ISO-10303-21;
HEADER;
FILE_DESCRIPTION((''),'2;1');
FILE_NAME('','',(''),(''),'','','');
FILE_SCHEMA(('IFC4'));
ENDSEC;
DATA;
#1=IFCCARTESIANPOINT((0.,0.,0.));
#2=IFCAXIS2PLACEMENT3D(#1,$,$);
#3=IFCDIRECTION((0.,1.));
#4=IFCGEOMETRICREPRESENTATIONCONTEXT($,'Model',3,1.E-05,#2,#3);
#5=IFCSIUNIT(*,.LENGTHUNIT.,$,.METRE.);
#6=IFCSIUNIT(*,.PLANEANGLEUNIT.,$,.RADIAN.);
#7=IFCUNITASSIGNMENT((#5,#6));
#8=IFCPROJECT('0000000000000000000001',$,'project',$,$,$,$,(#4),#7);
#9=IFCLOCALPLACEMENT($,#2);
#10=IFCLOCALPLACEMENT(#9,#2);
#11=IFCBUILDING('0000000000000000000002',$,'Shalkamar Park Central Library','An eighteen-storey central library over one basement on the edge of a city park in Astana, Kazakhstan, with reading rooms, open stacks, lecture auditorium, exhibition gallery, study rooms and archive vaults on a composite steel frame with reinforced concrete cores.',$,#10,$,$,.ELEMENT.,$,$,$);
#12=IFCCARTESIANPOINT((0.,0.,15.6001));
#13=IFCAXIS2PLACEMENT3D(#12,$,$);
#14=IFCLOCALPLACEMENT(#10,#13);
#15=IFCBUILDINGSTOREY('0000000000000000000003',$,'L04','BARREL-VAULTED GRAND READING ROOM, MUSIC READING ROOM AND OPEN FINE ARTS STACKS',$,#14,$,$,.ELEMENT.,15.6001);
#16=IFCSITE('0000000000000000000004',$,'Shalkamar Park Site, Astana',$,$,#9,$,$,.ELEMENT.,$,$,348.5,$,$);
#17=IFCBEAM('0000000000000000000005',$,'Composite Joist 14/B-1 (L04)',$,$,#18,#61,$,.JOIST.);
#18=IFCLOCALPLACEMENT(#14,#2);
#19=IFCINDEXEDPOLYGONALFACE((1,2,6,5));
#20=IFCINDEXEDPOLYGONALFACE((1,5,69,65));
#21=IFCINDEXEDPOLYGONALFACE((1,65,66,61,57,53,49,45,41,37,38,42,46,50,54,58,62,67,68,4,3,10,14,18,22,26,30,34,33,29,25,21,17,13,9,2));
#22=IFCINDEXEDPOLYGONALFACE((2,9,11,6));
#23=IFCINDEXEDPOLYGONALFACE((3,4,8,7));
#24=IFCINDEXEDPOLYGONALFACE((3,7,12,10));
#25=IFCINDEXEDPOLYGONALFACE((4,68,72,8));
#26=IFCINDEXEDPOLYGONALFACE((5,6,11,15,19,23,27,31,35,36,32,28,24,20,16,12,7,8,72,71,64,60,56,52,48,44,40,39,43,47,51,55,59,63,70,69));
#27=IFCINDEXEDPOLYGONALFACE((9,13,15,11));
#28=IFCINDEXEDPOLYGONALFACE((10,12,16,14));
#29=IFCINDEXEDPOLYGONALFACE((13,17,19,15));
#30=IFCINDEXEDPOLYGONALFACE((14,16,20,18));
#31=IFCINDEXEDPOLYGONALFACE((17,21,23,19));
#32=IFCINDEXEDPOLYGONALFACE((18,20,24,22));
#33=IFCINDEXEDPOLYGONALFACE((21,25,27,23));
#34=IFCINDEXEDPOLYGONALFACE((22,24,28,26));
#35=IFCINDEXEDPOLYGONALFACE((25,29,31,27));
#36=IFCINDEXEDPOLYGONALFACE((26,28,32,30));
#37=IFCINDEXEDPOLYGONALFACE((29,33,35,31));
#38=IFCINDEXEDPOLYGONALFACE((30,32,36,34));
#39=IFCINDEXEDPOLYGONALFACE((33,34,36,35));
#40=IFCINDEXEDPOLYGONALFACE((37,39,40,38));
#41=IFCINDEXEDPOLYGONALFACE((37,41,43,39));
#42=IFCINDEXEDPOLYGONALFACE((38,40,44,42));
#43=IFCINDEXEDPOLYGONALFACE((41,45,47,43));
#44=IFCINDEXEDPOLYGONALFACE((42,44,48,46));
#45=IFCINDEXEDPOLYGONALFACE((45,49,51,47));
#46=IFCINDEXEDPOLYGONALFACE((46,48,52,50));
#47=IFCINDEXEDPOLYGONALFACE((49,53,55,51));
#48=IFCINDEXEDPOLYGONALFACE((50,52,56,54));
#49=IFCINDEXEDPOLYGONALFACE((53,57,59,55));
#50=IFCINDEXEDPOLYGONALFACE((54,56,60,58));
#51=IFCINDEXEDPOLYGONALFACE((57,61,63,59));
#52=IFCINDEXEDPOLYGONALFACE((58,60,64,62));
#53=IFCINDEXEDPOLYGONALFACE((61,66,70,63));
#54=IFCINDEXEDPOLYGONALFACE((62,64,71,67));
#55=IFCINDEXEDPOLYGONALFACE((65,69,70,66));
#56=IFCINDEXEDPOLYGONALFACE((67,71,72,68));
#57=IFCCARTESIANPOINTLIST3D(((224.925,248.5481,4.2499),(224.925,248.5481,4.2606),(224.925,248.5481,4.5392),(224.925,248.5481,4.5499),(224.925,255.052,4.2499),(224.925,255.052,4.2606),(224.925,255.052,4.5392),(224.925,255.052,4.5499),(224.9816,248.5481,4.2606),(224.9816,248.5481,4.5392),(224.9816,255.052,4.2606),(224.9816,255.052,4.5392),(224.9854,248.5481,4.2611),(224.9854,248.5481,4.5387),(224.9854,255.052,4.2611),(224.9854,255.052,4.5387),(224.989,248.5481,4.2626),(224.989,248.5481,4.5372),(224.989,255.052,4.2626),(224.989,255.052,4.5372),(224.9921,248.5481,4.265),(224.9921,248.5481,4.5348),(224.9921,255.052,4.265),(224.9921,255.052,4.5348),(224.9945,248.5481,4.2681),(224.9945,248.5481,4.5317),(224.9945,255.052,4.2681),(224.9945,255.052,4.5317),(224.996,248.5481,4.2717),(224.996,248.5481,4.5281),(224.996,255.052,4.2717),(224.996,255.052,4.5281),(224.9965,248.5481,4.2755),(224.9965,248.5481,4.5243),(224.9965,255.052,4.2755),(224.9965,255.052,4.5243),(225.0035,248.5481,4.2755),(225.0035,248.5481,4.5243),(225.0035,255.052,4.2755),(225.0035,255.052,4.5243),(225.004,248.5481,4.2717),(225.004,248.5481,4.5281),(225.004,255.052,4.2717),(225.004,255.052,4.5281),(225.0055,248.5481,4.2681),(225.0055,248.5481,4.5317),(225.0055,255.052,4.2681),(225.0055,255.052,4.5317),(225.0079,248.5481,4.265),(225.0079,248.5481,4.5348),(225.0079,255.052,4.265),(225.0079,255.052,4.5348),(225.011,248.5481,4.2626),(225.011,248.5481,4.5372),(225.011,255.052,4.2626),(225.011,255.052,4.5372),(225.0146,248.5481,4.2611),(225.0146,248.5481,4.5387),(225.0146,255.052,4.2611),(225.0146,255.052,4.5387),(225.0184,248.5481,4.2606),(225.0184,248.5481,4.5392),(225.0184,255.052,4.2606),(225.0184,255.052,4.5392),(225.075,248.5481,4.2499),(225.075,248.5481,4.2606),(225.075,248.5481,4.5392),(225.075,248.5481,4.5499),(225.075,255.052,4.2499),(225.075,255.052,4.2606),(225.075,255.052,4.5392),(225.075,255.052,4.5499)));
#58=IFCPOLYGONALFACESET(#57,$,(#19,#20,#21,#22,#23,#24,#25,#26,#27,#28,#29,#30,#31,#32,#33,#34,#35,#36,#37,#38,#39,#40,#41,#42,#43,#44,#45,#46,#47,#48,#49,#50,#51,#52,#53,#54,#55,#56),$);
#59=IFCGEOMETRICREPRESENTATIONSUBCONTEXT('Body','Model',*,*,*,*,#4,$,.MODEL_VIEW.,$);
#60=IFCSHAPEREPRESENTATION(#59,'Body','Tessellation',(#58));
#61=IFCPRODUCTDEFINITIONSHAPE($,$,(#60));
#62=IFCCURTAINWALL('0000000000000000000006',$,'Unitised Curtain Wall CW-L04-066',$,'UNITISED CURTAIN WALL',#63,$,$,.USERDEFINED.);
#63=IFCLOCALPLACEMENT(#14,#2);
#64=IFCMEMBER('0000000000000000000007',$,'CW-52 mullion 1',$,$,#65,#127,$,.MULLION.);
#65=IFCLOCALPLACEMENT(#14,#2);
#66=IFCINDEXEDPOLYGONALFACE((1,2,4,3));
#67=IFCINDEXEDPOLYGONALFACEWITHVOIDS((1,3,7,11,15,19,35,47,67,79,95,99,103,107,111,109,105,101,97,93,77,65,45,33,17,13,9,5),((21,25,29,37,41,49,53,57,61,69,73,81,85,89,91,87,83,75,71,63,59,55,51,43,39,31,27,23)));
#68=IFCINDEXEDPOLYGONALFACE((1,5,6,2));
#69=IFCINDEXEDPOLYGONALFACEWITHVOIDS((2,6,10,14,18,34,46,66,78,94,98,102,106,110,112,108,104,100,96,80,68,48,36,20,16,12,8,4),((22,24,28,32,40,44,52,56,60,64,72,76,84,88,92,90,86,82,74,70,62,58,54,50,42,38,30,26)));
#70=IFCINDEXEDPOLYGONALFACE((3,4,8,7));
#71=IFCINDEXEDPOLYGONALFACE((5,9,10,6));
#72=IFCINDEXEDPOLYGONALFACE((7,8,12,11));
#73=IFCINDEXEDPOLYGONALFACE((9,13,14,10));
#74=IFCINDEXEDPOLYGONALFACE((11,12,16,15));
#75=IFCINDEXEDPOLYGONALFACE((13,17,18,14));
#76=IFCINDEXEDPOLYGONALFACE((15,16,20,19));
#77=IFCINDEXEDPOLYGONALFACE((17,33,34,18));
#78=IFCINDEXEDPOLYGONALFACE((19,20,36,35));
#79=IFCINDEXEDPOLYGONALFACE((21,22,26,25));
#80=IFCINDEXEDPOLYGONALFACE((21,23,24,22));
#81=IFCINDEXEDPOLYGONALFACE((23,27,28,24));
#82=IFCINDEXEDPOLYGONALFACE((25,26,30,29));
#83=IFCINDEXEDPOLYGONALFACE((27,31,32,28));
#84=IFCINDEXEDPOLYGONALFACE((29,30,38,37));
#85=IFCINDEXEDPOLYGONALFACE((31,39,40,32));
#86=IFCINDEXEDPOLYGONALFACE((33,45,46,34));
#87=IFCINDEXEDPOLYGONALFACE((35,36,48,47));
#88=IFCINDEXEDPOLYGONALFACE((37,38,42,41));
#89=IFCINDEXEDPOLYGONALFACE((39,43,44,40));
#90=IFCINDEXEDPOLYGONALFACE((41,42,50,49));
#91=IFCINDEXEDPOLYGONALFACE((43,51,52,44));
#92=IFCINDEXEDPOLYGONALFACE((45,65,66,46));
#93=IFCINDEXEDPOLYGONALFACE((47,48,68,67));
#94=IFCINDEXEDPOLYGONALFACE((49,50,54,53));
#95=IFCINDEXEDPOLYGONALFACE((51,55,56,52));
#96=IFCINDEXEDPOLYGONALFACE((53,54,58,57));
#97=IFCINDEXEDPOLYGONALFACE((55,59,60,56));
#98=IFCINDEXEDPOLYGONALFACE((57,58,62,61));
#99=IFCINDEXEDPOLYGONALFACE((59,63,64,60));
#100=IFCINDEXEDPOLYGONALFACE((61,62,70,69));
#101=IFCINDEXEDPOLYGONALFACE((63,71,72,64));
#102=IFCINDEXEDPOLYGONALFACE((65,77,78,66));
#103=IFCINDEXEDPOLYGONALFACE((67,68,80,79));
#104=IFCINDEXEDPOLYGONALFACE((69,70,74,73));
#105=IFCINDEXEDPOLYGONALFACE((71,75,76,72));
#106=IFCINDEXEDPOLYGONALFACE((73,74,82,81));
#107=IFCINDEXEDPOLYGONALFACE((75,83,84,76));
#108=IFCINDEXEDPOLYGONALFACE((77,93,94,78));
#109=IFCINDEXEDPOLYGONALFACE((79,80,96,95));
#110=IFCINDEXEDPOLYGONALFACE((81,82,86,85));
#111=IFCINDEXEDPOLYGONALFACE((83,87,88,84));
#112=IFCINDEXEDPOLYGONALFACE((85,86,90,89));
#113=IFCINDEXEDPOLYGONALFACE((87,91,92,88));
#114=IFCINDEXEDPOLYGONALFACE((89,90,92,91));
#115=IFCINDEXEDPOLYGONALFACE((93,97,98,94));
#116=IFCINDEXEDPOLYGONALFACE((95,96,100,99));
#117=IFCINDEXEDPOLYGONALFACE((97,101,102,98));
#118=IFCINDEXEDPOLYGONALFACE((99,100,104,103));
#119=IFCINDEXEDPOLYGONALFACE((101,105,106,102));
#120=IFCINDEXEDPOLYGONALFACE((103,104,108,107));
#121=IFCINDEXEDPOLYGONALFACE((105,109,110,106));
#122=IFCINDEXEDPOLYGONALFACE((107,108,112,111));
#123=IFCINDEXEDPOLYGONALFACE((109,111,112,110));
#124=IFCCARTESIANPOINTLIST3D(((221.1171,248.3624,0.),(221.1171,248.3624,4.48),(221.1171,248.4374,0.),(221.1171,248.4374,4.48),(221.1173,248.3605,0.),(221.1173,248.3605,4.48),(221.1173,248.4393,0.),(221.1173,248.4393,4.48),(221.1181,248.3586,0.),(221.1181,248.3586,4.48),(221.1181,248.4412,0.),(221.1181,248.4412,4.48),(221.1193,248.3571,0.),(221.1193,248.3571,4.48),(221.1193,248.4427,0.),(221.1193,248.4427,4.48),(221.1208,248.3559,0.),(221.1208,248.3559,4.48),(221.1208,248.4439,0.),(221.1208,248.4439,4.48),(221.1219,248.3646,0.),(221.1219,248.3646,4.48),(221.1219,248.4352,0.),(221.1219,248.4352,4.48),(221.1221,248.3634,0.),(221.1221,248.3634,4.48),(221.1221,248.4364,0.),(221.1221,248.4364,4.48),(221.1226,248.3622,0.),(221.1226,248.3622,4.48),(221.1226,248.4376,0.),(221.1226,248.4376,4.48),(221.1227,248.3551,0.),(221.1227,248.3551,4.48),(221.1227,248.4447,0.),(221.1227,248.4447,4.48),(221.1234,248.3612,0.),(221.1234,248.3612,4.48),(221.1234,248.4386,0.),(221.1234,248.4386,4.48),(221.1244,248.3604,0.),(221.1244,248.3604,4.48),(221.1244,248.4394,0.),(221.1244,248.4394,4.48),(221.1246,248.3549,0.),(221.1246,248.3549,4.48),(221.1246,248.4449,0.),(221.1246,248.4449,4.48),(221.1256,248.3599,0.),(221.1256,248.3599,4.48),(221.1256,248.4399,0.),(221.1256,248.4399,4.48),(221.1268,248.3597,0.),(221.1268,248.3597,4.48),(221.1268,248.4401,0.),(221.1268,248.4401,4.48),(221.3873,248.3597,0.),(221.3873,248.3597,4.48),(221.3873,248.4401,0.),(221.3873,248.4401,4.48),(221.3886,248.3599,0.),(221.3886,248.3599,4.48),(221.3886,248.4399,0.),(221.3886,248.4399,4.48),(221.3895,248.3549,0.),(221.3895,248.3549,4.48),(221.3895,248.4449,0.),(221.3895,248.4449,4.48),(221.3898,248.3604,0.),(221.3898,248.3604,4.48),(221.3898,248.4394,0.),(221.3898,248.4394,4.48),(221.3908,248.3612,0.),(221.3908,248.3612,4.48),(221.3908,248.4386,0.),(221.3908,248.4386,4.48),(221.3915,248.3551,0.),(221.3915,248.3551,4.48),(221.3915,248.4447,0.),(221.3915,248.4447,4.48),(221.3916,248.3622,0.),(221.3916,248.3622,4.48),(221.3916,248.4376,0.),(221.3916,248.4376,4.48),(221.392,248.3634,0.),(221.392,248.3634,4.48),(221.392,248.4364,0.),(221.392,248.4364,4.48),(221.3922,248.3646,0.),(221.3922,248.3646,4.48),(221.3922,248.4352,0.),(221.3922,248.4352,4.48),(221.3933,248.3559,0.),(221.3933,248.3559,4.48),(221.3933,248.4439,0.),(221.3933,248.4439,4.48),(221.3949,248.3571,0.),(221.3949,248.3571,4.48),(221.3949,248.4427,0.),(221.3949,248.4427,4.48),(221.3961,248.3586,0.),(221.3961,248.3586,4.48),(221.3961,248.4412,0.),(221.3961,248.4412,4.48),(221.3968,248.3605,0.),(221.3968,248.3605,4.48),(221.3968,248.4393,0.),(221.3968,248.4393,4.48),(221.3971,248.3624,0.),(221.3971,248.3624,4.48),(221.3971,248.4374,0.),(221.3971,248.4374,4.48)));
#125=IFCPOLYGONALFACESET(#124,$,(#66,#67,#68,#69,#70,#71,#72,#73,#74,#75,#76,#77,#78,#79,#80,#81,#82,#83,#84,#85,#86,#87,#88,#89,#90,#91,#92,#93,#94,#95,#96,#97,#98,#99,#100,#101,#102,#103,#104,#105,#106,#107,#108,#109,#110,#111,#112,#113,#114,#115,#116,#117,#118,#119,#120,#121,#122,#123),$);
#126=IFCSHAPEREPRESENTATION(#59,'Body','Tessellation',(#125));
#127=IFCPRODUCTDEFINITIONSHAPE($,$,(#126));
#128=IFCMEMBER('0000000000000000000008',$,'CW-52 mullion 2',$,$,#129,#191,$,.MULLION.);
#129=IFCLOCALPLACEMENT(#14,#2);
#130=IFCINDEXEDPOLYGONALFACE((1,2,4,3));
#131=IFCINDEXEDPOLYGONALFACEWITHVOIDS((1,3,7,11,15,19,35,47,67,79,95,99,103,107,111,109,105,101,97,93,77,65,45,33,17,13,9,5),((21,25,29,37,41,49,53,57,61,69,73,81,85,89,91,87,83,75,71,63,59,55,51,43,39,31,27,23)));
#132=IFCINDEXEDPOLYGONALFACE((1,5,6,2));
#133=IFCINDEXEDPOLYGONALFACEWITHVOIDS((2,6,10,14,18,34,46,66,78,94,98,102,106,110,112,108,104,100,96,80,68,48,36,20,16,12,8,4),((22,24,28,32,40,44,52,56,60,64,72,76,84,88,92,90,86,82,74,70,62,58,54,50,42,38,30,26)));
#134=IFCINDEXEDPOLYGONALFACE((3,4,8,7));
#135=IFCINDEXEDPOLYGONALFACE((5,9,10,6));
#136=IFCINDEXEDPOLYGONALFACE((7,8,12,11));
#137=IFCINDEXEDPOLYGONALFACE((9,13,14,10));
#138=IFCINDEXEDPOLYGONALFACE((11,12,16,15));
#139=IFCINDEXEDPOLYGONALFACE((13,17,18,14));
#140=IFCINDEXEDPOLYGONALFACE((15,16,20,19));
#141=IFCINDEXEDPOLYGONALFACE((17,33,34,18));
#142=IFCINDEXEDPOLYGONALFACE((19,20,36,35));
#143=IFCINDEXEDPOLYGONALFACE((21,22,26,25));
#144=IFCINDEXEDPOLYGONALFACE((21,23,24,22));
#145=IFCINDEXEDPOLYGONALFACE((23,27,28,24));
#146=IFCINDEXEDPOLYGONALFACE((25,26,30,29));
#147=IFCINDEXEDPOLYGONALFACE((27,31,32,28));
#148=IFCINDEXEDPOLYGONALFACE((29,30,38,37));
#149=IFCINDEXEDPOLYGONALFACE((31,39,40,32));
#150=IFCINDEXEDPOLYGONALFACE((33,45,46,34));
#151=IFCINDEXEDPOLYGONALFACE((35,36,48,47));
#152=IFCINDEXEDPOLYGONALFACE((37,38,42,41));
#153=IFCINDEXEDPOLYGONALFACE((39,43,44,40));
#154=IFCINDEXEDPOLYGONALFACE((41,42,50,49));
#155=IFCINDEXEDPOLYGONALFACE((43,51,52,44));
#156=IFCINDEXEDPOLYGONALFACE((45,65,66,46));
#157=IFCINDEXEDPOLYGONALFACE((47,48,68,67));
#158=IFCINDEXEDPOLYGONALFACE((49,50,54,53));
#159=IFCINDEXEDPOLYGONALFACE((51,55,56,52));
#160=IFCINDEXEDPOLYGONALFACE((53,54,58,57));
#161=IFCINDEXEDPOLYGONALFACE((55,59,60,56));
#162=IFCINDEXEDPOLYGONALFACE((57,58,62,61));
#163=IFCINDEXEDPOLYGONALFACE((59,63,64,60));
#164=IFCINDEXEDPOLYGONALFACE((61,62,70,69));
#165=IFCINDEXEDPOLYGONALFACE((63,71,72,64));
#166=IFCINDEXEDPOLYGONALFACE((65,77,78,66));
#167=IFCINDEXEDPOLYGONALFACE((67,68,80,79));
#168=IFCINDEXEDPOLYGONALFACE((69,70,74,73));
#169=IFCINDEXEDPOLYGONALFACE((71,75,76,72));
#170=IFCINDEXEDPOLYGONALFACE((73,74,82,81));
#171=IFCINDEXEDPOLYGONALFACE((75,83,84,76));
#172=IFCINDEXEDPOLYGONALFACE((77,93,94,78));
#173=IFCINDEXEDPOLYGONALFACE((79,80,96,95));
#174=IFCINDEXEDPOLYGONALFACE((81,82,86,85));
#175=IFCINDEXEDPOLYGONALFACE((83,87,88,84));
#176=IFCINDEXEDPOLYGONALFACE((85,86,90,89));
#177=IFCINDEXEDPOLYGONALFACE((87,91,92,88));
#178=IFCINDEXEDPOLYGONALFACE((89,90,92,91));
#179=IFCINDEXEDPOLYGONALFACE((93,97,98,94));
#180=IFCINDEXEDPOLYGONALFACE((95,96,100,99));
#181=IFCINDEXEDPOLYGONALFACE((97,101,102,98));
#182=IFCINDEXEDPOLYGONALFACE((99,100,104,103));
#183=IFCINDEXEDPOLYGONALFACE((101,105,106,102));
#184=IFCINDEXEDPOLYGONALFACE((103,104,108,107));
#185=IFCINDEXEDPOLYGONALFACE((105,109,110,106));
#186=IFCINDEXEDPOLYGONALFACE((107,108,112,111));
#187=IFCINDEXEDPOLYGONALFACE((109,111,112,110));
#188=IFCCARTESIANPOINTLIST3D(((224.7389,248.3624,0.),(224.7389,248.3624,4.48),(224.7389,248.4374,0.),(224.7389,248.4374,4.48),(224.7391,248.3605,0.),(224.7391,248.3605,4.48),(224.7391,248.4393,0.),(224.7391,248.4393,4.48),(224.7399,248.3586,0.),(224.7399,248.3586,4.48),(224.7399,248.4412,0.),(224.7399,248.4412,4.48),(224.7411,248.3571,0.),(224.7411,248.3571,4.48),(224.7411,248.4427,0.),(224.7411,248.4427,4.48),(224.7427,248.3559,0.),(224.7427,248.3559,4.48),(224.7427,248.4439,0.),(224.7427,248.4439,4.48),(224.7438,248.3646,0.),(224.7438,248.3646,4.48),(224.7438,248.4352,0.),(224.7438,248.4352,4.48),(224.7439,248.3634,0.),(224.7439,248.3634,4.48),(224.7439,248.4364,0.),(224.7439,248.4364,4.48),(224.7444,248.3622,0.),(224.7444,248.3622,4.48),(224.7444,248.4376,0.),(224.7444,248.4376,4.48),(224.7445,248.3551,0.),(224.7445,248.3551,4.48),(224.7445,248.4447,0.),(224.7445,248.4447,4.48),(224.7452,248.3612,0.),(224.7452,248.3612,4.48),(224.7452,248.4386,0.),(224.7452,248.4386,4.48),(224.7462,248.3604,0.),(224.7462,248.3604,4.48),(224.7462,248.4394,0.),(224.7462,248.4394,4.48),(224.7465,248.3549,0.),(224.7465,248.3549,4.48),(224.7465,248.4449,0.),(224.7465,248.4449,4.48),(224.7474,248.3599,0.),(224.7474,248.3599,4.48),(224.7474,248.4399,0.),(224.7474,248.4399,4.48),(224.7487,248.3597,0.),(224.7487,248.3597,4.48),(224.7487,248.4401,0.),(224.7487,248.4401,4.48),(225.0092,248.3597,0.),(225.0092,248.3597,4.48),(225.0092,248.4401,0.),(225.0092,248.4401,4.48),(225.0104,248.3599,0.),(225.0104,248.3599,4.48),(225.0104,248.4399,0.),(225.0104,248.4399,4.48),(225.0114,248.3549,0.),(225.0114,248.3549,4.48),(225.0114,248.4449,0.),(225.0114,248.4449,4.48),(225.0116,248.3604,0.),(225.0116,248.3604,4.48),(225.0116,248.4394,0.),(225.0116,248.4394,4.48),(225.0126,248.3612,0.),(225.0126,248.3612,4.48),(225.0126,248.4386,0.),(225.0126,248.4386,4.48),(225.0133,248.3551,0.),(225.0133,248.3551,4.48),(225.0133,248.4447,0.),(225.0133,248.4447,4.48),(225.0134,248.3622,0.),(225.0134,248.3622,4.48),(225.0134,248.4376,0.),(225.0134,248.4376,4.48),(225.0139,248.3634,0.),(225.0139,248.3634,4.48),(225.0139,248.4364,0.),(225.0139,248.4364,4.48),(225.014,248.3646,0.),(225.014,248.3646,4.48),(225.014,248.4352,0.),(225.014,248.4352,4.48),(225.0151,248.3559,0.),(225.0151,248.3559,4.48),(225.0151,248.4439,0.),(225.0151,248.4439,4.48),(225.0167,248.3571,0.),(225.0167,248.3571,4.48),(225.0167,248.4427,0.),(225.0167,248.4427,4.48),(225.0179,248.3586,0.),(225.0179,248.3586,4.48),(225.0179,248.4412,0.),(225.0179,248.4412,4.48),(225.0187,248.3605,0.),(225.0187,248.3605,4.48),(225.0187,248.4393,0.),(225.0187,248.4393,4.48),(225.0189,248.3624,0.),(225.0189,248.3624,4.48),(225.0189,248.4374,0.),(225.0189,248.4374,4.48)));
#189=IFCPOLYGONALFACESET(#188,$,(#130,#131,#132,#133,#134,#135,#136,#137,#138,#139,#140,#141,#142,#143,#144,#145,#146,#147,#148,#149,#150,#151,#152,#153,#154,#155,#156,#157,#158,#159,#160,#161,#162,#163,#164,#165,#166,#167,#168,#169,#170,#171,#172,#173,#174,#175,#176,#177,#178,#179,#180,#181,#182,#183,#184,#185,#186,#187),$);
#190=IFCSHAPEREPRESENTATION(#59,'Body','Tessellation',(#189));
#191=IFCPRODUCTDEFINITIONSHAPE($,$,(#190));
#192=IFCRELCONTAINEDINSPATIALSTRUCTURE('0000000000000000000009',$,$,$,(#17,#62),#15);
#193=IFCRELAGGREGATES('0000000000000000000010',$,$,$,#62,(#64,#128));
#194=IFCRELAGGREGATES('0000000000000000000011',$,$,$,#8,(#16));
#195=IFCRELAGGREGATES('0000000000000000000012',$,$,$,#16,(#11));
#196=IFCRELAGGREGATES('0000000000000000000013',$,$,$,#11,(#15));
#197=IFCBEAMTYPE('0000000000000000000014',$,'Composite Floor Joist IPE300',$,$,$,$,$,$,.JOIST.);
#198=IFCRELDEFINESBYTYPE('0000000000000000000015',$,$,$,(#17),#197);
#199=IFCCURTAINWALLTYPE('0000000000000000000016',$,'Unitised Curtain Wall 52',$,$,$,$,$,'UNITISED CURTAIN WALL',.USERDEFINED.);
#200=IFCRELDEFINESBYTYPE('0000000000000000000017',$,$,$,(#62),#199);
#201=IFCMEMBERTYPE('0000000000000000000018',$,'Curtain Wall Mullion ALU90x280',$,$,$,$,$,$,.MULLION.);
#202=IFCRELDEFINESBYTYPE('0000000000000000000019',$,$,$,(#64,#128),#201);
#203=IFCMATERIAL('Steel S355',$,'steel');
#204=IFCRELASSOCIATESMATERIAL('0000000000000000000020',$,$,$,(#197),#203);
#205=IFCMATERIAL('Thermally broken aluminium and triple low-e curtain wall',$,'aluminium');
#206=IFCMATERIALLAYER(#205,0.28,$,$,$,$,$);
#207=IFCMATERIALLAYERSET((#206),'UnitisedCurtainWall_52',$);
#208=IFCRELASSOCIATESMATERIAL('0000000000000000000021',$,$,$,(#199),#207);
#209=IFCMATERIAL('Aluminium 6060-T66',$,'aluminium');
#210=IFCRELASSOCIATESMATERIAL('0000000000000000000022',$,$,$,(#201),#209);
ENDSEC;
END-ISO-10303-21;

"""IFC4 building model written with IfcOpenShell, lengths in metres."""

from ifc_helpers import new_model, si_unit, direction, frame, origin, origin_2d, place, context, subcontext, project, spatial, hollow_rectangle, i_section, extrude, material, layer, layer_set, material_profile, profile_set, type_object, element, aggregate, save


model = new_model("IFC4")

# Units and contexts
model_context = context("Model", 3, precision=1e-05, world=origin(), true_north=direction((0.0, 1.0)))
body_context = subcontext(model_context, "Body", "Model", "MODEL_VIEW")
ifc_project = project(units=[si_unit("LENGTHUNIT", "METRE"), si_unit("PLANEANGLEUNIT", "RADIAN")], contexts=[model_context])

# Site, building, storey
site_placement = place(None, origin())
site = spatial("IfcSite", under=ifc_project, at=site_placement, Name="Shalkamar Park Site, Astana", CompositionType="ELEMENT", RefElevation=348.5)
building_placement = place(site_placement, origin())
building = spatial("IfcBuilding", under=site, at=building_placement, Name="Shalkamar Park Central Library", Description="An eighteen-storey central library over one basement on the edge of a city park in Astana, Kazakhstan, with reading rooms, open stacks, lecture auditorium, exhibition gallery, study rooms and archive vaults on a composite steel frame with reinforced concrete cores.", CompositionType="ELEMENT")
storey_placement = place(building_placement, frame((0.0, 0.0, 15.6001)))
storey = spatial("IfcBuildingStorey", under=building, at=storey_placement, Name="L04", Description="BARREL-VAULTED GRAND READING ROOM, MUSIC READING ROOM AND OPEN FINE ARTS STACKS", CompositionType="ELEMENT", Elevation=15.6001)

# Shared definitions
ifc_material_1 = material(Name="Steel S355", Category="steel")

# Beam
ifc_material_profile_1 = material_profile(ifc_material_1, i_section(OverallWidth=0.1499, OverallDepth=0.3, WebThickness=0.0071, FlangeThickness=0.0107, FilletRadius=0.0149, at=origin_2d()), Name="IPE 300")
ifc_profile_set_1 = profile_set([ifc_material_profile_1], Name="Steel S355")
beam_type_1 = type_object("IfcBeamType", Name="Composite Floor Joist IPE300", PredefinedType="JOIST", material=ifc_profile_set_1)
for number, where, z_axis, x_axis, name in (
    (1, (225.0, 248.5481, 4.3999), (0.0, 1.0, 0.0), (-1.0, 0.0, 0.0), "Composite Joist 14/B-1 (L04)"),
):
    element("IfcBeam", number, at=place(storey_placement, frame(where, z_axis=z_axis, x_axis=x_axis)), inside=storey, type_object=beam_type_1, Name=name, PredefinedType="JOIST", context=body_context, shape_type="SweptSolid", body=[
        extrude(i_section(OverallWidth=0.1499, OverallDepth=0.3, WebThickness=0.0071, FlangeThickness=0.0107, FilletRadius=0.0149, at=origin_2d()), origin(), (0.0, 0.0, 1.0), 6.5039),
    ])

# Curtain wall, members
ifc_material_2 = material(Name="Thermally broken aluminium and triple low-e curtain wall", Category="aluminium")
ifc_layer_1 = layer(ifc_material_2, 0.28)
ifc_layer_set_1 = layer_set([ifc_layer_1], Name="UnitisedCurtainWall_52")
curtain_wall_type = type_object("IfcCurtainWallType", Name="Unitised Curtain Wall 52", ElementType="UNITISED CURTAIN WALL", PredefinedType="USERDEFINED", material=ifc_layer_set_1)
curtain_wall_placement = place(storey_placement, origin())
curtain_wall = element("IfcCurtainWall", 2, at=curtain_wall_placement, inside=storey, type_object=curtain_wall_type, Name="Unitised Curtain Wall CW-L04-066", ObjectType="UNITISED CURTAIN WALL", PredefinedType="USERDEFINED")
ifc_material_3 = material(Name="Aluminium 6060-T66", Category="aluminium")
ifc_material_profile_2 = material_profile(ifc_material_3, hollow_rectangle(XDim=0.0901, YDim=0.28, WallThickness=0.0049, InnerFilletRadius=0.0049, OuterFilletRadius=0.0076, at=origin_2d()), Name="ALU 90x280x5")
ifc_profile_set_2 = profile_set([ifc_material_profile_2], Name="Aluminium 6060-T66")
member_type_1 = type_object("IfcMemberType", Name="Curtain Wall Mullion ALU90x280", PredefinedType="MULLION", material=ifc_profile_set_2)
member_1_placement = place(storey_placement, frame((221.2571, 248.3999, 0.0), z_axis=(0.0, 0.0, 1.0), x_axis=(0.0, 1.0, 0.0)))
member_1 = element("IfcMember", 3, at=member_1_placement, type_object=member_type_1, Name="CW-52 mullion 1", PredefinedType="MULLION", context=body_context, shape_type="SweptSolid", body=[
    extrude(hollow_rectangle(XDim=0.0901, YDim=0.28, WallThickness=0.0049, InnerFilletRadius=0.0049, OuterFilletRadius=0.0076, at=origin_2d()), origin(), (0.0, 0.0, 1.0), 4.48),
])
member_2_placement = place(storey_placement, frame((224.8789, 248.3999, 0.0), z_axis=(0.0, 0.0, 1.0), x_axis=(0.0, 1.0, 0.0)))
member_2 = element("IfcMember", 4, at=member_2_placement, type_object=member_type_1, Name="CW-52 mullion 2", PredefinedType="MULLION", context=body_context, shape_type="SweptSolid", body=[
    extrude(hollow_rectangle(XDim=0.0901, YDim=0.28, WallThickness=0.0049, InnerFilletRadius=0.0049, OuterFilletRadius=0.0076, at=origin_2d()), origin(), (0.0, 0.0, 1.0), 4.48),
])

aggregate(curtain_wall, [member_1, member_2])

save(model, "model.ifc")
